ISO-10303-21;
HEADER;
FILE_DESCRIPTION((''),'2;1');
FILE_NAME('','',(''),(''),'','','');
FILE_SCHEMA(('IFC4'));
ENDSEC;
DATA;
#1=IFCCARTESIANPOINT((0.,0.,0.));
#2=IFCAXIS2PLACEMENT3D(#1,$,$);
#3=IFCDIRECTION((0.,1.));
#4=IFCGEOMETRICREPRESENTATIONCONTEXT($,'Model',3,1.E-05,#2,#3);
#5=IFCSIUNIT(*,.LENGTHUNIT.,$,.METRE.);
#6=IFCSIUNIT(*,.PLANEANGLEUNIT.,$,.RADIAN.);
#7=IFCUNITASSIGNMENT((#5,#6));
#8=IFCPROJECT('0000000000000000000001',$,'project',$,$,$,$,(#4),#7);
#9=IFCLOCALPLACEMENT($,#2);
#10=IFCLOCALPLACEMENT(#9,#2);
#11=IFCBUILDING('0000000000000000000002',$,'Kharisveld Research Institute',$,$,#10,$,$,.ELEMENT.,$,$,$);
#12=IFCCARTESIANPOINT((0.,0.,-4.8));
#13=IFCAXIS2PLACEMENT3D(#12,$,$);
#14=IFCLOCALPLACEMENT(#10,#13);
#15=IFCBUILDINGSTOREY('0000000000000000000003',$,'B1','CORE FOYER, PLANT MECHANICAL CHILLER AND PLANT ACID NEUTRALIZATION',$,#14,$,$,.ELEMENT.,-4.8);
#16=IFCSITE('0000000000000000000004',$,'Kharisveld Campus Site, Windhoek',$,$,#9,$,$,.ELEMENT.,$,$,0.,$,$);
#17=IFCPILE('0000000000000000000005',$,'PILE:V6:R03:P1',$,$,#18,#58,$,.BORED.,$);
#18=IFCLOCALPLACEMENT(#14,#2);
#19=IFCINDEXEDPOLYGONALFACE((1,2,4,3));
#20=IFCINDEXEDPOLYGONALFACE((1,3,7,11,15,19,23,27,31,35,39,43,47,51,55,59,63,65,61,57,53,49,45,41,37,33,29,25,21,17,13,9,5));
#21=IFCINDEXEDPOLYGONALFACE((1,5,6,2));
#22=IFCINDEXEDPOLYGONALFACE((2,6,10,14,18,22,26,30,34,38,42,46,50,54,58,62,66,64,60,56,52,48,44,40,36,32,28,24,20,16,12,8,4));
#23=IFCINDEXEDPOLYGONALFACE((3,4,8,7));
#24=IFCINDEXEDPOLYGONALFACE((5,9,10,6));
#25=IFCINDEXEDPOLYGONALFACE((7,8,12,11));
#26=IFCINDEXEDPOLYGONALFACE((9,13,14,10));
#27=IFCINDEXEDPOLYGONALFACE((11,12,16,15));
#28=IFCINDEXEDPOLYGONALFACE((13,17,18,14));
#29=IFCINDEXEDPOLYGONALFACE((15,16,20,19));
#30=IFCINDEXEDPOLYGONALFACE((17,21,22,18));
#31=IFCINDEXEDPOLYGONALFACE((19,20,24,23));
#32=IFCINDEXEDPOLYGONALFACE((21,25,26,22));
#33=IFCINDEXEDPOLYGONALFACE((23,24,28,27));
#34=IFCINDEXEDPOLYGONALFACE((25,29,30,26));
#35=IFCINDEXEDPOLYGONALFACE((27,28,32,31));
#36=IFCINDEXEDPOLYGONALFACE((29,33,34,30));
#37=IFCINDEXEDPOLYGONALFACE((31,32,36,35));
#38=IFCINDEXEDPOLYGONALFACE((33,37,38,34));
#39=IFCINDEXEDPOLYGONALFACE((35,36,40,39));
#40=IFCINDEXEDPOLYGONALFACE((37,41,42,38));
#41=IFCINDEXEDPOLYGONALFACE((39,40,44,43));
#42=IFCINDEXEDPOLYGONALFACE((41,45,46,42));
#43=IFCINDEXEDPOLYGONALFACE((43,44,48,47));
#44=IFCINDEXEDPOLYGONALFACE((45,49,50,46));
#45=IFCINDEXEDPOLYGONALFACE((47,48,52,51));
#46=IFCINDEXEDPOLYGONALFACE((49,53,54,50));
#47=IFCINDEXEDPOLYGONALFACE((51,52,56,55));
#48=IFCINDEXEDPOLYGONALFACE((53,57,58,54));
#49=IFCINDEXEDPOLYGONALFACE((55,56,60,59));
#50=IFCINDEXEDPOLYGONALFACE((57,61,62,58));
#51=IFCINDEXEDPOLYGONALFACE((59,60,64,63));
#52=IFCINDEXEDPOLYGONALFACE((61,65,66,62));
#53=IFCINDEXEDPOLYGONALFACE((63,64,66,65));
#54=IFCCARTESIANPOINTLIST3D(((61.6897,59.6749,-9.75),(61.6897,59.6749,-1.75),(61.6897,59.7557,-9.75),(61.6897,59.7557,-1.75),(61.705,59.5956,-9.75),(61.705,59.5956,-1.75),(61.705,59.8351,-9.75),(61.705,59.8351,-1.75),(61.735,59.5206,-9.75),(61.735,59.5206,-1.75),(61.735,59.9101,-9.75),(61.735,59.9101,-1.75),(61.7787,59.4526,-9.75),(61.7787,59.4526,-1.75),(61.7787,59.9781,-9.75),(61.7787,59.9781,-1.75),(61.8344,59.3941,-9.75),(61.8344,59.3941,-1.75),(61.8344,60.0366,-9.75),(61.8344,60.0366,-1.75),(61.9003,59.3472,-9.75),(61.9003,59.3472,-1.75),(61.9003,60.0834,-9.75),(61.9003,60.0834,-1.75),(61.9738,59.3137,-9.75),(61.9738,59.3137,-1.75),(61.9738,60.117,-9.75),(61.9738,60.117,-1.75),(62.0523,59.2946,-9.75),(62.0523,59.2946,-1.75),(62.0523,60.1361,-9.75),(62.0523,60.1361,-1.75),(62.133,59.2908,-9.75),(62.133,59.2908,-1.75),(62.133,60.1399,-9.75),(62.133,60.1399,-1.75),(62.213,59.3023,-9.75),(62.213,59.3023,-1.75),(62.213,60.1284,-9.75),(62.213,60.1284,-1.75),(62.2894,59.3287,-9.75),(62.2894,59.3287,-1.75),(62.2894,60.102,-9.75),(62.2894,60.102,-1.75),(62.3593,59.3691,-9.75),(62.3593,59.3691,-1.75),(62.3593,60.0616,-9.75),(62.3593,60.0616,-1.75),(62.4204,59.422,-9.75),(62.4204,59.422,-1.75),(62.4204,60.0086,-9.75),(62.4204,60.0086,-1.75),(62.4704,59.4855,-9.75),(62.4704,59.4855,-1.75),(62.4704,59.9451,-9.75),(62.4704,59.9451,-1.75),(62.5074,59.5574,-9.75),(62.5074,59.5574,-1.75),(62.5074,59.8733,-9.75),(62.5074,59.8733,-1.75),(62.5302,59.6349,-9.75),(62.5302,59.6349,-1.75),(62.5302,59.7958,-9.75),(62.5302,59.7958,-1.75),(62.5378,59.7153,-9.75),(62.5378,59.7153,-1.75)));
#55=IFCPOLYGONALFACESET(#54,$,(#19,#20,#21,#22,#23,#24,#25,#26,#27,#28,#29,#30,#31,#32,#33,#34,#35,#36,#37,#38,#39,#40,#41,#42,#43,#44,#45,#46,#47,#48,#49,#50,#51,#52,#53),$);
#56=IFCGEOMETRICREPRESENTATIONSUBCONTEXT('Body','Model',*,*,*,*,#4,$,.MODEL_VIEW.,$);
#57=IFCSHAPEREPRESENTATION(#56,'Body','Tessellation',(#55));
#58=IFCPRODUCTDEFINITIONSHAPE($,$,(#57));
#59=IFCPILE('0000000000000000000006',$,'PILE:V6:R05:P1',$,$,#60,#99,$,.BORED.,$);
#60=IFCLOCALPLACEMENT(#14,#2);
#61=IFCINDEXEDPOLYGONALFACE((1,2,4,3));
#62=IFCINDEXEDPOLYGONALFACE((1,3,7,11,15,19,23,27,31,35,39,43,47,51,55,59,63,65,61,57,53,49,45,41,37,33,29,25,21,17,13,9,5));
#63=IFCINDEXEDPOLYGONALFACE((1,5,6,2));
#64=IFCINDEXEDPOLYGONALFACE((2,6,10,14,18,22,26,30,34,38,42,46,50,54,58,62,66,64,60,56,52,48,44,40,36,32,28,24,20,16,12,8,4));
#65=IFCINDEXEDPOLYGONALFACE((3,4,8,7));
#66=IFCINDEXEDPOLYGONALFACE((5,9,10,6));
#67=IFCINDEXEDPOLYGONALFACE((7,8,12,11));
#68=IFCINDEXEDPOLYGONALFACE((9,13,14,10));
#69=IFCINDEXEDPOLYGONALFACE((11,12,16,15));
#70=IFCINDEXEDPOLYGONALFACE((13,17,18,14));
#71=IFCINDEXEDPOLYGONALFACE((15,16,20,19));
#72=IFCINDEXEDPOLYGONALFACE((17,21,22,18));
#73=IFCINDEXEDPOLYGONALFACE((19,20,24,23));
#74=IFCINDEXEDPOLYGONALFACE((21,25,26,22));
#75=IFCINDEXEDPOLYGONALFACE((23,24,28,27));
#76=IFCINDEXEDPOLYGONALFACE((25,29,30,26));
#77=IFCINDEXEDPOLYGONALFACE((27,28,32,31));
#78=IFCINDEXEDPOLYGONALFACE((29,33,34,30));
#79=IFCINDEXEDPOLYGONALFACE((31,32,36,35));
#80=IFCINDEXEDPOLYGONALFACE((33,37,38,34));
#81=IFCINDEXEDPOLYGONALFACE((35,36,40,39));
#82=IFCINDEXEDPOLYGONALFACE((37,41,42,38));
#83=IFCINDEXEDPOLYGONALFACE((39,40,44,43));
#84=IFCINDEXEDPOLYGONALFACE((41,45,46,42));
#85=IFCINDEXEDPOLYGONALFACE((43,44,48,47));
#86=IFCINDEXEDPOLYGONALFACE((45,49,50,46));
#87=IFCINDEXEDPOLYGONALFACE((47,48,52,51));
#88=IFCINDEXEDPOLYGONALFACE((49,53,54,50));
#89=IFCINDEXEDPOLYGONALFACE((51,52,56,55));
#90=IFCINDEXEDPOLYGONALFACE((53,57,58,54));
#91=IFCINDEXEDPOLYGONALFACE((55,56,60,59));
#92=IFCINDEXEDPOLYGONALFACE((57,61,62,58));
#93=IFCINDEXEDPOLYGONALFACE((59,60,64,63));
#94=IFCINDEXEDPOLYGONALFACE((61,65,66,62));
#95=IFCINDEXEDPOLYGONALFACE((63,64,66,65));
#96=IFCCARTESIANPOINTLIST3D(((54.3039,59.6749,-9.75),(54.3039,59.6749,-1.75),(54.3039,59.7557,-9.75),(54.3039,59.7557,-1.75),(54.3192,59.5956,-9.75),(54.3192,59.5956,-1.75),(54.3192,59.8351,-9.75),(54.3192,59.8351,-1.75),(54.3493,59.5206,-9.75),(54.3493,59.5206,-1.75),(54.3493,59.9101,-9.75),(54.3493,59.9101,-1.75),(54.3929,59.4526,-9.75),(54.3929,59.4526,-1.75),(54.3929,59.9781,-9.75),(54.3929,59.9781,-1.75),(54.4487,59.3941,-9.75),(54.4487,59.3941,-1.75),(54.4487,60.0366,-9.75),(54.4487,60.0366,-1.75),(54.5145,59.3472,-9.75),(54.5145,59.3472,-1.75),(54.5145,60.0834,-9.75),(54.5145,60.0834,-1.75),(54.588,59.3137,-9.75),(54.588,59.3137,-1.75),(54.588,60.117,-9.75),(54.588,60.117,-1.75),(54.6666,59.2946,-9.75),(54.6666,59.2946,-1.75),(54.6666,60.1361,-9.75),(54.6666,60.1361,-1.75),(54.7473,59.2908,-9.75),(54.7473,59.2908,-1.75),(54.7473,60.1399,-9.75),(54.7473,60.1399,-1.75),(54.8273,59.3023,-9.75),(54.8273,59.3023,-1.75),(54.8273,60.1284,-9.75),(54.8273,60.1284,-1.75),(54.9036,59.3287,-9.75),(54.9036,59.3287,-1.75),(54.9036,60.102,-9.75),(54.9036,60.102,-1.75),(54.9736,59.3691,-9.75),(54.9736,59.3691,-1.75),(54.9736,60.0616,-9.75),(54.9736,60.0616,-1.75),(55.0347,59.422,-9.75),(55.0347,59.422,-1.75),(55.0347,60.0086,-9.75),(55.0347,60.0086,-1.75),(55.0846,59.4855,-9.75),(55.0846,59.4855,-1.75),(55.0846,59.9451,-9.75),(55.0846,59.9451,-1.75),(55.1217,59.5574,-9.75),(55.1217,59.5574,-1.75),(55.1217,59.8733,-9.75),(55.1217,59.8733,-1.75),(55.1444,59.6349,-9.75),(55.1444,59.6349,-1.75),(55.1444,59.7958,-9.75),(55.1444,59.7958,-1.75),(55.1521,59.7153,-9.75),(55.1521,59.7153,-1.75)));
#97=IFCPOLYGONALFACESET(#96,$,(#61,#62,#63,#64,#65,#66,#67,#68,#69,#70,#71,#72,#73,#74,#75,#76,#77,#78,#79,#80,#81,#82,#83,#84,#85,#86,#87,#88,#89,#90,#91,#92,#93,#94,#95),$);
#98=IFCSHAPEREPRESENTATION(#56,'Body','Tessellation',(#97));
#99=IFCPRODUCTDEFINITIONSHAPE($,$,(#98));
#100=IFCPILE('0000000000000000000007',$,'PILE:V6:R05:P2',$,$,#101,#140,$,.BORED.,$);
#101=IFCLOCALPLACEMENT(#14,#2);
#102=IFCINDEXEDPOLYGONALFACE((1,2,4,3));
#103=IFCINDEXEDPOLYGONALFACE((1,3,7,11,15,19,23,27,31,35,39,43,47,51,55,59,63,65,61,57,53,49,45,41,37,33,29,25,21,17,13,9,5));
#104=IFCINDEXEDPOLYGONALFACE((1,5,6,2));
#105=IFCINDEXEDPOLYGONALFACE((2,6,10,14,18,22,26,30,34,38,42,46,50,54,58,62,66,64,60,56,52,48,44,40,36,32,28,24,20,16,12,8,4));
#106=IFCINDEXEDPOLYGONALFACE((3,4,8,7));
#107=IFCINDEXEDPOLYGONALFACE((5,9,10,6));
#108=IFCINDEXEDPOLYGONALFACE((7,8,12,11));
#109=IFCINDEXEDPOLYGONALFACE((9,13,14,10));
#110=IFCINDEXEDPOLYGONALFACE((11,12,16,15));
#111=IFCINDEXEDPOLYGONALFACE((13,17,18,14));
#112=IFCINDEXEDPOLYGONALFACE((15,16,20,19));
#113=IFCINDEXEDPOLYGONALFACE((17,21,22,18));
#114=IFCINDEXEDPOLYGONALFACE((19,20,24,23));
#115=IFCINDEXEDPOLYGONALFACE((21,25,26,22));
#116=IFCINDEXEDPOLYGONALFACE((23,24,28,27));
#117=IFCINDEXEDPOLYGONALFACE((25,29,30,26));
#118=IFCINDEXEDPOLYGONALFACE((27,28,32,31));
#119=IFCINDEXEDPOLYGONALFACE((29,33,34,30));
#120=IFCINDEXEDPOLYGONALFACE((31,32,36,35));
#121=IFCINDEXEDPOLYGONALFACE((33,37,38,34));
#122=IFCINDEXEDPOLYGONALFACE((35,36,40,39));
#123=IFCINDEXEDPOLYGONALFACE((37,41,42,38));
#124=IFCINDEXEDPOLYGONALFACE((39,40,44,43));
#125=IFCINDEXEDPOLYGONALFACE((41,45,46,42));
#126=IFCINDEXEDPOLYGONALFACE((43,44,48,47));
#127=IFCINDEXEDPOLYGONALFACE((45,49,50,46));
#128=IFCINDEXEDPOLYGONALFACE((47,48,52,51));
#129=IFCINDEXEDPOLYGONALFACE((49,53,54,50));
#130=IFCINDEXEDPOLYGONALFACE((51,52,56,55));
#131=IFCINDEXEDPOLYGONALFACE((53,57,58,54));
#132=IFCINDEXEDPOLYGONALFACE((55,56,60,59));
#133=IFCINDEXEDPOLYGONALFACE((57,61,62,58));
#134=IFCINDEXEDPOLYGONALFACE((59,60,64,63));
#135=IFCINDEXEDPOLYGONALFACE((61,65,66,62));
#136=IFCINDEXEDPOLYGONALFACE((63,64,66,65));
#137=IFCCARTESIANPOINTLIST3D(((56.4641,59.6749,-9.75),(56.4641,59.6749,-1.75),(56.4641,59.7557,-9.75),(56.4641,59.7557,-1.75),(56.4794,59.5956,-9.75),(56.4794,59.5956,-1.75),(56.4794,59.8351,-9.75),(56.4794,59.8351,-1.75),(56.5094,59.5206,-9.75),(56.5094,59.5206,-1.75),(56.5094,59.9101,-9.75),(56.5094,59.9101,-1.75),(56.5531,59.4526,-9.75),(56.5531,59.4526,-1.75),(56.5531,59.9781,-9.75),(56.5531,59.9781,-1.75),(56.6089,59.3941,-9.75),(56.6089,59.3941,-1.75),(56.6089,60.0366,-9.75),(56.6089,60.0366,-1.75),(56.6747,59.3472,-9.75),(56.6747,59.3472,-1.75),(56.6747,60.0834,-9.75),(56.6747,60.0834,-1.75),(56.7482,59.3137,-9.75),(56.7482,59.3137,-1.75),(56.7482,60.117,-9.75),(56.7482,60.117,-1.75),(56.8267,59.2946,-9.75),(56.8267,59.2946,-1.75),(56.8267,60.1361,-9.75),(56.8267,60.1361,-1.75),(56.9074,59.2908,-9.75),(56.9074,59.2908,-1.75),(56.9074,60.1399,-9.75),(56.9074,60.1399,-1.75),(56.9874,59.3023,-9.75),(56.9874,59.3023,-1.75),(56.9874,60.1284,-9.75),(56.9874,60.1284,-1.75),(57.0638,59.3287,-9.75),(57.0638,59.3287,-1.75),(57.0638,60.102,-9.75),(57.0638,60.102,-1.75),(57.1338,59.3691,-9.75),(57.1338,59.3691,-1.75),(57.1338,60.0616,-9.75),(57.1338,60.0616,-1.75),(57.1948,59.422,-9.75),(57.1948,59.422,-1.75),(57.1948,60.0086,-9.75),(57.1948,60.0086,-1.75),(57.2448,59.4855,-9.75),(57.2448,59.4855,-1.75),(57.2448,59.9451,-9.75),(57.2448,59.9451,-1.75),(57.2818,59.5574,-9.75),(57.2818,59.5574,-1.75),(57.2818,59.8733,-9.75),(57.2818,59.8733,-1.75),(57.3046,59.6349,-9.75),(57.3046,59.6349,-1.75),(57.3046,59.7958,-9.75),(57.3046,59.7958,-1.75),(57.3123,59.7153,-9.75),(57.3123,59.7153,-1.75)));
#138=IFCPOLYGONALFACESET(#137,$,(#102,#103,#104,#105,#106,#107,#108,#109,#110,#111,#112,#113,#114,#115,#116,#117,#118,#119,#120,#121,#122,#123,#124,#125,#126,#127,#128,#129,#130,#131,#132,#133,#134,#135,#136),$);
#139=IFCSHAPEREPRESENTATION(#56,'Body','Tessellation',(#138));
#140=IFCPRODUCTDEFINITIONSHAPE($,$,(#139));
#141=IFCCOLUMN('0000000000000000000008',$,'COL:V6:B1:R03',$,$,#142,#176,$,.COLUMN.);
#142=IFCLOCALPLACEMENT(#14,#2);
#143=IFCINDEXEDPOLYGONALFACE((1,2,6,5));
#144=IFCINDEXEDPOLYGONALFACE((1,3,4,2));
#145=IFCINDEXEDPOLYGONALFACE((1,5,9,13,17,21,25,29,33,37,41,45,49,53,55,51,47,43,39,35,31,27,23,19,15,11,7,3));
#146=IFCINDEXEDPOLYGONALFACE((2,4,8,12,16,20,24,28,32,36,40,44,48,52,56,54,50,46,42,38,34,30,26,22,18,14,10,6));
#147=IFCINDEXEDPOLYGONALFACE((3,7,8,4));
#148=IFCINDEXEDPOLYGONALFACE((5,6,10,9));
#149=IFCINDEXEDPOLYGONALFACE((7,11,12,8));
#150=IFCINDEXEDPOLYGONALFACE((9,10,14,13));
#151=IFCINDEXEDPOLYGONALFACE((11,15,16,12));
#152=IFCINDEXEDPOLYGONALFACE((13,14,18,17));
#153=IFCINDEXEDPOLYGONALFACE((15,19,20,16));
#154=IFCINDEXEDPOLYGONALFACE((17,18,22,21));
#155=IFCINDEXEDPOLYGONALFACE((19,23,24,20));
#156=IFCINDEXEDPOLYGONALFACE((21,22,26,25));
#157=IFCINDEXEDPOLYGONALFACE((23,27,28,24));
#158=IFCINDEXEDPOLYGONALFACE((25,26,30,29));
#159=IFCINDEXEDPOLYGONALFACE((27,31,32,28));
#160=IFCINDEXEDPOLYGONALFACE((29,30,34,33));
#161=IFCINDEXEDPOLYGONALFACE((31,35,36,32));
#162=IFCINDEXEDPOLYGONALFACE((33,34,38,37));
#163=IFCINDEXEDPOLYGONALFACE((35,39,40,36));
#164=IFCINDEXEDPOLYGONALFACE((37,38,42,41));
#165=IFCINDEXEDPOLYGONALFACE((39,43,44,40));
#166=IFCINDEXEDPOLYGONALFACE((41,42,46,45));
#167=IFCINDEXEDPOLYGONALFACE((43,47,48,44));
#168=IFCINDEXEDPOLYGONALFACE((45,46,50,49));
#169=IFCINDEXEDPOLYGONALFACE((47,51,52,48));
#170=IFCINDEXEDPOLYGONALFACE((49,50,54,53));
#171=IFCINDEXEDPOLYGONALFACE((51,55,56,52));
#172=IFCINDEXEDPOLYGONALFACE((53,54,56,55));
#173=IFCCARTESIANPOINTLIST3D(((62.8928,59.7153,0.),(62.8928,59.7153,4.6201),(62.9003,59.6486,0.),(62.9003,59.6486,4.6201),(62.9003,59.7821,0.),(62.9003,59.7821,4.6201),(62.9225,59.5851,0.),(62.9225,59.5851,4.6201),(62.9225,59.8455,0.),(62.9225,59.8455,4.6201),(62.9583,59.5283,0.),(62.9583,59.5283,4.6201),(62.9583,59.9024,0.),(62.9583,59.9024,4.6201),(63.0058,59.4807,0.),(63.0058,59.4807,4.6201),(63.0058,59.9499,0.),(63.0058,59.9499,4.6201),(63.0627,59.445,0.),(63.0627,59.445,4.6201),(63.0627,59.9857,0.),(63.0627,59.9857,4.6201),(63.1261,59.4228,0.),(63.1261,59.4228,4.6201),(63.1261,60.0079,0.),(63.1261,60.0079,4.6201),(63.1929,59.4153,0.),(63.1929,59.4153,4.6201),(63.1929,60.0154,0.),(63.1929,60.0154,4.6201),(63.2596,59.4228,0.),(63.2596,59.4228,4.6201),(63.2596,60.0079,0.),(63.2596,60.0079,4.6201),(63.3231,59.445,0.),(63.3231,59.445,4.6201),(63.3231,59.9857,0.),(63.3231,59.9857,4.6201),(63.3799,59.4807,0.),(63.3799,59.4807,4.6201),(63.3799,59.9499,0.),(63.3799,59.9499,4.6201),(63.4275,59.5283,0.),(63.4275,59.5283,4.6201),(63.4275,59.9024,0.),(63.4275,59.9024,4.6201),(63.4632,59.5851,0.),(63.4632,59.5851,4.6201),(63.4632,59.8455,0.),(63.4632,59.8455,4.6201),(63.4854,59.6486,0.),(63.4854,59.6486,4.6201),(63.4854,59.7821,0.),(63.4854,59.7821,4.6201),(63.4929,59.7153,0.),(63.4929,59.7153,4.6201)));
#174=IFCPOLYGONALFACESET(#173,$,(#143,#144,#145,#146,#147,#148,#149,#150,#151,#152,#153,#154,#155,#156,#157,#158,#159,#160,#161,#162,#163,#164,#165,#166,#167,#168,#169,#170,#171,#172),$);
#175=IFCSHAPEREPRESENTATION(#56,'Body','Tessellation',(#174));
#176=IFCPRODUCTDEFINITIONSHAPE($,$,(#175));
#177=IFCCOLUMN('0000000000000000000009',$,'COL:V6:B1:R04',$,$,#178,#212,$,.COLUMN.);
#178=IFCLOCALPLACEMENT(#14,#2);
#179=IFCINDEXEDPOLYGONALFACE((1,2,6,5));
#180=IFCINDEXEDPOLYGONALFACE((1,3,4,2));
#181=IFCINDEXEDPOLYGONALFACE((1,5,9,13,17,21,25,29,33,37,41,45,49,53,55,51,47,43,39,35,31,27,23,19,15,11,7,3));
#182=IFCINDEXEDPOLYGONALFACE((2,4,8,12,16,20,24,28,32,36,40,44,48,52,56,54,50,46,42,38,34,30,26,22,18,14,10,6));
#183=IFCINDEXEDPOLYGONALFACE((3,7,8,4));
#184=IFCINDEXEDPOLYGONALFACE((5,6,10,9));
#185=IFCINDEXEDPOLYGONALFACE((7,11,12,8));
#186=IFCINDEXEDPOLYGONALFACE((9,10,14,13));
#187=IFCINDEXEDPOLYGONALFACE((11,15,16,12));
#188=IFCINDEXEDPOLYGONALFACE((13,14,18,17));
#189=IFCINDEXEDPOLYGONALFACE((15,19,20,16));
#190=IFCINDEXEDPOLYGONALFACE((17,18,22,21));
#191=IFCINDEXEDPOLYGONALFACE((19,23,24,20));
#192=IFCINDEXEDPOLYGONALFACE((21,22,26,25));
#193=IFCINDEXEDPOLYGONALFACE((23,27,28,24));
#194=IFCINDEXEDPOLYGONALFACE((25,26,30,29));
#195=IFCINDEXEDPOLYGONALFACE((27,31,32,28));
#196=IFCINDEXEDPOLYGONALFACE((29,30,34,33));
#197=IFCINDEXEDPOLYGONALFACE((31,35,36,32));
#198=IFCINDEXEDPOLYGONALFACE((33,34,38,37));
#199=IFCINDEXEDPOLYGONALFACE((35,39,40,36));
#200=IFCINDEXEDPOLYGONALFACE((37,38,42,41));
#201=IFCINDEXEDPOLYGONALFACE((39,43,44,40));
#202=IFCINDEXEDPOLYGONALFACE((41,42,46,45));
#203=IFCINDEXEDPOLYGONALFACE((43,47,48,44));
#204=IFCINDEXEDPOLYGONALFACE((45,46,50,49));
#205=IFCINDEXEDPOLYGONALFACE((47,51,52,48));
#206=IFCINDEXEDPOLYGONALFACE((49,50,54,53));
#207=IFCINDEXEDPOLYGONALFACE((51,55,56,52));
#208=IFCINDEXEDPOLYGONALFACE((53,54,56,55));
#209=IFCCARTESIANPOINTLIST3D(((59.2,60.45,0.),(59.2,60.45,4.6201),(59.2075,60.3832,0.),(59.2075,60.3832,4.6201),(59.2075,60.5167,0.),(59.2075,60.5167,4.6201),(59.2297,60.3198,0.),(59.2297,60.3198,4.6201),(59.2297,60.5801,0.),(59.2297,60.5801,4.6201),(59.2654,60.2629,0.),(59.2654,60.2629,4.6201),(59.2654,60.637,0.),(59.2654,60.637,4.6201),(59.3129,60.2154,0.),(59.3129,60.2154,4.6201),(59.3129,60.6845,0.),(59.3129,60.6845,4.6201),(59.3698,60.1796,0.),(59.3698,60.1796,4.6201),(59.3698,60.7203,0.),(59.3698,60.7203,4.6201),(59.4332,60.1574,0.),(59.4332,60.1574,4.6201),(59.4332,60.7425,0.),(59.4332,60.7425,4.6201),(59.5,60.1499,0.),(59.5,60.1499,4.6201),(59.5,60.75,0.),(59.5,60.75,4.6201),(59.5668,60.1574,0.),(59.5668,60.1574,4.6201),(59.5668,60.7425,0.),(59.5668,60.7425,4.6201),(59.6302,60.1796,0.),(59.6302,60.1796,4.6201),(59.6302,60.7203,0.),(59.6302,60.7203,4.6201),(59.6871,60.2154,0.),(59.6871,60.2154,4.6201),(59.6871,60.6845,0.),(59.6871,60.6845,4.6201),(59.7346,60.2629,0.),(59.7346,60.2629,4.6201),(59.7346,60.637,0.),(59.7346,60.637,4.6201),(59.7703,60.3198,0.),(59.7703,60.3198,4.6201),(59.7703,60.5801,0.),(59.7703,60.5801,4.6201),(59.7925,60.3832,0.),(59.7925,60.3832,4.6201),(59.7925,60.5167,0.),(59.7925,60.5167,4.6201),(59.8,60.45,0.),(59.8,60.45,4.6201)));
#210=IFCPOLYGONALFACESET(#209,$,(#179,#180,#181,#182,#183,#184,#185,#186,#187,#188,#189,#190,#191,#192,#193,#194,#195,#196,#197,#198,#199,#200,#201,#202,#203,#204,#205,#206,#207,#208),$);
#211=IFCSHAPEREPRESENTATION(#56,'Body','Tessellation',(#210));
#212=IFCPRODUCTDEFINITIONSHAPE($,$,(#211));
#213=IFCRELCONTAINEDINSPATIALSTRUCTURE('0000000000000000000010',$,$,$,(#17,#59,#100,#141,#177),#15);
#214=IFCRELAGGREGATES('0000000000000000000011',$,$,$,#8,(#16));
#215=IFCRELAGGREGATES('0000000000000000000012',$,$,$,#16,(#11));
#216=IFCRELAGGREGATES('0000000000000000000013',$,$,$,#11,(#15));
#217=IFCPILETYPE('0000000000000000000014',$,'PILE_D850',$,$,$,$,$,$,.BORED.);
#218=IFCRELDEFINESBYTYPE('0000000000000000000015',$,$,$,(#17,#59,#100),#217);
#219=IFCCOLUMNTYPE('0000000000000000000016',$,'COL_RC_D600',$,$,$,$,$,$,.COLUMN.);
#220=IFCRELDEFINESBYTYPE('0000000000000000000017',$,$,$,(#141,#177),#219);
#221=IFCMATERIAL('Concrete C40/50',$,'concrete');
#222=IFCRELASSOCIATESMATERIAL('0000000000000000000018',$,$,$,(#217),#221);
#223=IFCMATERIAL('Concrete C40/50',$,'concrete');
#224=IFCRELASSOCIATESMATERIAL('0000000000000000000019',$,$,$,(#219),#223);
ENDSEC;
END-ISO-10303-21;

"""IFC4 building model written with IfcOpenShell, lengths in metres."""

from ifc_helpers import new_model, si_unit, direction, frame, origin, origin_2d, place, context, subcontext, project, spatial, circle, extrude, material, material_profile, profile_set, type_object, element, save


model = new_model("IFC4")

# Units and contexts
model_context = context("Model", 3, precision=1e-05, world=origin(), true_north=direction((0.0, 1.0)))
body_context = subcontext(model_context, "Body", "Model", "MODEL_VIEW")
ifc_project = project(units=[si_unit("LENGTHUNIT", "METRE"), si_unit("PLANEANGLEUNIT", "RADIAN")], contexts=[model_context])

# Site, building, storey
site_placement = place(None, origin())
site = spatial("IfcSite", under=ifc_project, at=site_placement, Name="Kharisveld Campus Site, Windhoek", CompositionType="ELEMENT", RefElevation=0.0)
building_placement = place(site_placement, origin())
building = spatial("IfcBuilding", under=site, at=building_placement, Name="Kharisveld Research Institute", CompositionType="ELEMENT")
storey_placement = place(building_placement, frame((0.0, 0.0, -4.8)))
storey = spatial("IfcBuildingStorey", under=building, at=storey_placement, Name="B1", Description="CORE FOYER, PLANT MECHANICAL CHILLER AND PLANT ACID NEUTRALIZATION", CompositionType="ELEMENT", Elevation=-4.8)

# Piles
ifc_material_1 = material(Name="Concrete C40/50", Category="concrete")
ifc_material_profile_1 = material_profile(ifc_material_1, circle(Radius=0.425, at=origin_2d()))
ifc_profile_set_1 = profile_set([ifc_material_profile_1], Name="Concrete C40/50")
pile_type_1 = type_object("IfcPileType", Name="PILE_D850", PredefinedType="BORED", material=ifc_profile_set_1)
for number, where, z_axis, x_axis, name in (
    (1, (62.1128, 59.7153, -1.75), (0.0, 0.0, -1.0), (1.0, 0.0, 0.0), "PILE:V6:R03:P1"),
    (2, (54.7271, 59.7153, -1.75), (0.0, 0.0, -1.0), (1.0, 0.0, 0.0), "PILE:V6:R05:P1"),
    (3, (56.8872, 59.7153, -1.75), (0.0, 0.0, -1.0), (1.0, 0.0, 0.0), "PILE:V6:R05:P2"),
):
    element("IfcPile", number, at=place(storey_placement, frame(where, z_axis=z_axis, x_axis=x_axis)), inside=storey, type_object=pile_type_1, Name=name, PredefinedType="BORED", context=body_context, shape_type="SweptSolid", body=[
        extrude(circle(Radius=0.425, at=origin_2d()), origin(), (0.0, 0.0, 1.0), 8.0),
    ])

# Columns
ifc_material_2 = material(Name="Concrete C40/50", Category="concrete")
ifc_material_profile_2 = material_profile(ifc_material_2, circle(Radius=0.3, at=origin_2d()))
ifc_profile_set_2 = profile_set([ifc_material_profile_2], Name="Concrete C40/50")
column_type_1 = type_object("IfcColumnType", Name="COL_RC_D600", PredefinedType="COLUMN", material=ifc_profile_set_2)
for number, where, z_axis, x_axis, name in (
    (4, (63.1929, 59.7153, 0.0), (0.0, 0.0, 1.0), (1.0, 0.0, 0.0), "COL:V6:B1:R03"),
    (5, (59.5, 60.45, 0.0), (0.0, 0.0, 1.0), (1.0, 0.0, 0.0), "COL:V6:B1:R04"),
):
    element("IfcColumn", number, at=place(storey_placement, frame(where, z_axis=z_axis, x_axis=x_axis)), inside=storey, type_object=column_type_1, Name=name, PredefinedType="COLUMN", context=body_context, shape_type="SweptSolid", body=[
        extrude(circle(Radius=0.3, at=origin_2d()), origin(), (0.0, 0.0, 1.0), 4.6201),
    ])

save(model, "model.ifc")
